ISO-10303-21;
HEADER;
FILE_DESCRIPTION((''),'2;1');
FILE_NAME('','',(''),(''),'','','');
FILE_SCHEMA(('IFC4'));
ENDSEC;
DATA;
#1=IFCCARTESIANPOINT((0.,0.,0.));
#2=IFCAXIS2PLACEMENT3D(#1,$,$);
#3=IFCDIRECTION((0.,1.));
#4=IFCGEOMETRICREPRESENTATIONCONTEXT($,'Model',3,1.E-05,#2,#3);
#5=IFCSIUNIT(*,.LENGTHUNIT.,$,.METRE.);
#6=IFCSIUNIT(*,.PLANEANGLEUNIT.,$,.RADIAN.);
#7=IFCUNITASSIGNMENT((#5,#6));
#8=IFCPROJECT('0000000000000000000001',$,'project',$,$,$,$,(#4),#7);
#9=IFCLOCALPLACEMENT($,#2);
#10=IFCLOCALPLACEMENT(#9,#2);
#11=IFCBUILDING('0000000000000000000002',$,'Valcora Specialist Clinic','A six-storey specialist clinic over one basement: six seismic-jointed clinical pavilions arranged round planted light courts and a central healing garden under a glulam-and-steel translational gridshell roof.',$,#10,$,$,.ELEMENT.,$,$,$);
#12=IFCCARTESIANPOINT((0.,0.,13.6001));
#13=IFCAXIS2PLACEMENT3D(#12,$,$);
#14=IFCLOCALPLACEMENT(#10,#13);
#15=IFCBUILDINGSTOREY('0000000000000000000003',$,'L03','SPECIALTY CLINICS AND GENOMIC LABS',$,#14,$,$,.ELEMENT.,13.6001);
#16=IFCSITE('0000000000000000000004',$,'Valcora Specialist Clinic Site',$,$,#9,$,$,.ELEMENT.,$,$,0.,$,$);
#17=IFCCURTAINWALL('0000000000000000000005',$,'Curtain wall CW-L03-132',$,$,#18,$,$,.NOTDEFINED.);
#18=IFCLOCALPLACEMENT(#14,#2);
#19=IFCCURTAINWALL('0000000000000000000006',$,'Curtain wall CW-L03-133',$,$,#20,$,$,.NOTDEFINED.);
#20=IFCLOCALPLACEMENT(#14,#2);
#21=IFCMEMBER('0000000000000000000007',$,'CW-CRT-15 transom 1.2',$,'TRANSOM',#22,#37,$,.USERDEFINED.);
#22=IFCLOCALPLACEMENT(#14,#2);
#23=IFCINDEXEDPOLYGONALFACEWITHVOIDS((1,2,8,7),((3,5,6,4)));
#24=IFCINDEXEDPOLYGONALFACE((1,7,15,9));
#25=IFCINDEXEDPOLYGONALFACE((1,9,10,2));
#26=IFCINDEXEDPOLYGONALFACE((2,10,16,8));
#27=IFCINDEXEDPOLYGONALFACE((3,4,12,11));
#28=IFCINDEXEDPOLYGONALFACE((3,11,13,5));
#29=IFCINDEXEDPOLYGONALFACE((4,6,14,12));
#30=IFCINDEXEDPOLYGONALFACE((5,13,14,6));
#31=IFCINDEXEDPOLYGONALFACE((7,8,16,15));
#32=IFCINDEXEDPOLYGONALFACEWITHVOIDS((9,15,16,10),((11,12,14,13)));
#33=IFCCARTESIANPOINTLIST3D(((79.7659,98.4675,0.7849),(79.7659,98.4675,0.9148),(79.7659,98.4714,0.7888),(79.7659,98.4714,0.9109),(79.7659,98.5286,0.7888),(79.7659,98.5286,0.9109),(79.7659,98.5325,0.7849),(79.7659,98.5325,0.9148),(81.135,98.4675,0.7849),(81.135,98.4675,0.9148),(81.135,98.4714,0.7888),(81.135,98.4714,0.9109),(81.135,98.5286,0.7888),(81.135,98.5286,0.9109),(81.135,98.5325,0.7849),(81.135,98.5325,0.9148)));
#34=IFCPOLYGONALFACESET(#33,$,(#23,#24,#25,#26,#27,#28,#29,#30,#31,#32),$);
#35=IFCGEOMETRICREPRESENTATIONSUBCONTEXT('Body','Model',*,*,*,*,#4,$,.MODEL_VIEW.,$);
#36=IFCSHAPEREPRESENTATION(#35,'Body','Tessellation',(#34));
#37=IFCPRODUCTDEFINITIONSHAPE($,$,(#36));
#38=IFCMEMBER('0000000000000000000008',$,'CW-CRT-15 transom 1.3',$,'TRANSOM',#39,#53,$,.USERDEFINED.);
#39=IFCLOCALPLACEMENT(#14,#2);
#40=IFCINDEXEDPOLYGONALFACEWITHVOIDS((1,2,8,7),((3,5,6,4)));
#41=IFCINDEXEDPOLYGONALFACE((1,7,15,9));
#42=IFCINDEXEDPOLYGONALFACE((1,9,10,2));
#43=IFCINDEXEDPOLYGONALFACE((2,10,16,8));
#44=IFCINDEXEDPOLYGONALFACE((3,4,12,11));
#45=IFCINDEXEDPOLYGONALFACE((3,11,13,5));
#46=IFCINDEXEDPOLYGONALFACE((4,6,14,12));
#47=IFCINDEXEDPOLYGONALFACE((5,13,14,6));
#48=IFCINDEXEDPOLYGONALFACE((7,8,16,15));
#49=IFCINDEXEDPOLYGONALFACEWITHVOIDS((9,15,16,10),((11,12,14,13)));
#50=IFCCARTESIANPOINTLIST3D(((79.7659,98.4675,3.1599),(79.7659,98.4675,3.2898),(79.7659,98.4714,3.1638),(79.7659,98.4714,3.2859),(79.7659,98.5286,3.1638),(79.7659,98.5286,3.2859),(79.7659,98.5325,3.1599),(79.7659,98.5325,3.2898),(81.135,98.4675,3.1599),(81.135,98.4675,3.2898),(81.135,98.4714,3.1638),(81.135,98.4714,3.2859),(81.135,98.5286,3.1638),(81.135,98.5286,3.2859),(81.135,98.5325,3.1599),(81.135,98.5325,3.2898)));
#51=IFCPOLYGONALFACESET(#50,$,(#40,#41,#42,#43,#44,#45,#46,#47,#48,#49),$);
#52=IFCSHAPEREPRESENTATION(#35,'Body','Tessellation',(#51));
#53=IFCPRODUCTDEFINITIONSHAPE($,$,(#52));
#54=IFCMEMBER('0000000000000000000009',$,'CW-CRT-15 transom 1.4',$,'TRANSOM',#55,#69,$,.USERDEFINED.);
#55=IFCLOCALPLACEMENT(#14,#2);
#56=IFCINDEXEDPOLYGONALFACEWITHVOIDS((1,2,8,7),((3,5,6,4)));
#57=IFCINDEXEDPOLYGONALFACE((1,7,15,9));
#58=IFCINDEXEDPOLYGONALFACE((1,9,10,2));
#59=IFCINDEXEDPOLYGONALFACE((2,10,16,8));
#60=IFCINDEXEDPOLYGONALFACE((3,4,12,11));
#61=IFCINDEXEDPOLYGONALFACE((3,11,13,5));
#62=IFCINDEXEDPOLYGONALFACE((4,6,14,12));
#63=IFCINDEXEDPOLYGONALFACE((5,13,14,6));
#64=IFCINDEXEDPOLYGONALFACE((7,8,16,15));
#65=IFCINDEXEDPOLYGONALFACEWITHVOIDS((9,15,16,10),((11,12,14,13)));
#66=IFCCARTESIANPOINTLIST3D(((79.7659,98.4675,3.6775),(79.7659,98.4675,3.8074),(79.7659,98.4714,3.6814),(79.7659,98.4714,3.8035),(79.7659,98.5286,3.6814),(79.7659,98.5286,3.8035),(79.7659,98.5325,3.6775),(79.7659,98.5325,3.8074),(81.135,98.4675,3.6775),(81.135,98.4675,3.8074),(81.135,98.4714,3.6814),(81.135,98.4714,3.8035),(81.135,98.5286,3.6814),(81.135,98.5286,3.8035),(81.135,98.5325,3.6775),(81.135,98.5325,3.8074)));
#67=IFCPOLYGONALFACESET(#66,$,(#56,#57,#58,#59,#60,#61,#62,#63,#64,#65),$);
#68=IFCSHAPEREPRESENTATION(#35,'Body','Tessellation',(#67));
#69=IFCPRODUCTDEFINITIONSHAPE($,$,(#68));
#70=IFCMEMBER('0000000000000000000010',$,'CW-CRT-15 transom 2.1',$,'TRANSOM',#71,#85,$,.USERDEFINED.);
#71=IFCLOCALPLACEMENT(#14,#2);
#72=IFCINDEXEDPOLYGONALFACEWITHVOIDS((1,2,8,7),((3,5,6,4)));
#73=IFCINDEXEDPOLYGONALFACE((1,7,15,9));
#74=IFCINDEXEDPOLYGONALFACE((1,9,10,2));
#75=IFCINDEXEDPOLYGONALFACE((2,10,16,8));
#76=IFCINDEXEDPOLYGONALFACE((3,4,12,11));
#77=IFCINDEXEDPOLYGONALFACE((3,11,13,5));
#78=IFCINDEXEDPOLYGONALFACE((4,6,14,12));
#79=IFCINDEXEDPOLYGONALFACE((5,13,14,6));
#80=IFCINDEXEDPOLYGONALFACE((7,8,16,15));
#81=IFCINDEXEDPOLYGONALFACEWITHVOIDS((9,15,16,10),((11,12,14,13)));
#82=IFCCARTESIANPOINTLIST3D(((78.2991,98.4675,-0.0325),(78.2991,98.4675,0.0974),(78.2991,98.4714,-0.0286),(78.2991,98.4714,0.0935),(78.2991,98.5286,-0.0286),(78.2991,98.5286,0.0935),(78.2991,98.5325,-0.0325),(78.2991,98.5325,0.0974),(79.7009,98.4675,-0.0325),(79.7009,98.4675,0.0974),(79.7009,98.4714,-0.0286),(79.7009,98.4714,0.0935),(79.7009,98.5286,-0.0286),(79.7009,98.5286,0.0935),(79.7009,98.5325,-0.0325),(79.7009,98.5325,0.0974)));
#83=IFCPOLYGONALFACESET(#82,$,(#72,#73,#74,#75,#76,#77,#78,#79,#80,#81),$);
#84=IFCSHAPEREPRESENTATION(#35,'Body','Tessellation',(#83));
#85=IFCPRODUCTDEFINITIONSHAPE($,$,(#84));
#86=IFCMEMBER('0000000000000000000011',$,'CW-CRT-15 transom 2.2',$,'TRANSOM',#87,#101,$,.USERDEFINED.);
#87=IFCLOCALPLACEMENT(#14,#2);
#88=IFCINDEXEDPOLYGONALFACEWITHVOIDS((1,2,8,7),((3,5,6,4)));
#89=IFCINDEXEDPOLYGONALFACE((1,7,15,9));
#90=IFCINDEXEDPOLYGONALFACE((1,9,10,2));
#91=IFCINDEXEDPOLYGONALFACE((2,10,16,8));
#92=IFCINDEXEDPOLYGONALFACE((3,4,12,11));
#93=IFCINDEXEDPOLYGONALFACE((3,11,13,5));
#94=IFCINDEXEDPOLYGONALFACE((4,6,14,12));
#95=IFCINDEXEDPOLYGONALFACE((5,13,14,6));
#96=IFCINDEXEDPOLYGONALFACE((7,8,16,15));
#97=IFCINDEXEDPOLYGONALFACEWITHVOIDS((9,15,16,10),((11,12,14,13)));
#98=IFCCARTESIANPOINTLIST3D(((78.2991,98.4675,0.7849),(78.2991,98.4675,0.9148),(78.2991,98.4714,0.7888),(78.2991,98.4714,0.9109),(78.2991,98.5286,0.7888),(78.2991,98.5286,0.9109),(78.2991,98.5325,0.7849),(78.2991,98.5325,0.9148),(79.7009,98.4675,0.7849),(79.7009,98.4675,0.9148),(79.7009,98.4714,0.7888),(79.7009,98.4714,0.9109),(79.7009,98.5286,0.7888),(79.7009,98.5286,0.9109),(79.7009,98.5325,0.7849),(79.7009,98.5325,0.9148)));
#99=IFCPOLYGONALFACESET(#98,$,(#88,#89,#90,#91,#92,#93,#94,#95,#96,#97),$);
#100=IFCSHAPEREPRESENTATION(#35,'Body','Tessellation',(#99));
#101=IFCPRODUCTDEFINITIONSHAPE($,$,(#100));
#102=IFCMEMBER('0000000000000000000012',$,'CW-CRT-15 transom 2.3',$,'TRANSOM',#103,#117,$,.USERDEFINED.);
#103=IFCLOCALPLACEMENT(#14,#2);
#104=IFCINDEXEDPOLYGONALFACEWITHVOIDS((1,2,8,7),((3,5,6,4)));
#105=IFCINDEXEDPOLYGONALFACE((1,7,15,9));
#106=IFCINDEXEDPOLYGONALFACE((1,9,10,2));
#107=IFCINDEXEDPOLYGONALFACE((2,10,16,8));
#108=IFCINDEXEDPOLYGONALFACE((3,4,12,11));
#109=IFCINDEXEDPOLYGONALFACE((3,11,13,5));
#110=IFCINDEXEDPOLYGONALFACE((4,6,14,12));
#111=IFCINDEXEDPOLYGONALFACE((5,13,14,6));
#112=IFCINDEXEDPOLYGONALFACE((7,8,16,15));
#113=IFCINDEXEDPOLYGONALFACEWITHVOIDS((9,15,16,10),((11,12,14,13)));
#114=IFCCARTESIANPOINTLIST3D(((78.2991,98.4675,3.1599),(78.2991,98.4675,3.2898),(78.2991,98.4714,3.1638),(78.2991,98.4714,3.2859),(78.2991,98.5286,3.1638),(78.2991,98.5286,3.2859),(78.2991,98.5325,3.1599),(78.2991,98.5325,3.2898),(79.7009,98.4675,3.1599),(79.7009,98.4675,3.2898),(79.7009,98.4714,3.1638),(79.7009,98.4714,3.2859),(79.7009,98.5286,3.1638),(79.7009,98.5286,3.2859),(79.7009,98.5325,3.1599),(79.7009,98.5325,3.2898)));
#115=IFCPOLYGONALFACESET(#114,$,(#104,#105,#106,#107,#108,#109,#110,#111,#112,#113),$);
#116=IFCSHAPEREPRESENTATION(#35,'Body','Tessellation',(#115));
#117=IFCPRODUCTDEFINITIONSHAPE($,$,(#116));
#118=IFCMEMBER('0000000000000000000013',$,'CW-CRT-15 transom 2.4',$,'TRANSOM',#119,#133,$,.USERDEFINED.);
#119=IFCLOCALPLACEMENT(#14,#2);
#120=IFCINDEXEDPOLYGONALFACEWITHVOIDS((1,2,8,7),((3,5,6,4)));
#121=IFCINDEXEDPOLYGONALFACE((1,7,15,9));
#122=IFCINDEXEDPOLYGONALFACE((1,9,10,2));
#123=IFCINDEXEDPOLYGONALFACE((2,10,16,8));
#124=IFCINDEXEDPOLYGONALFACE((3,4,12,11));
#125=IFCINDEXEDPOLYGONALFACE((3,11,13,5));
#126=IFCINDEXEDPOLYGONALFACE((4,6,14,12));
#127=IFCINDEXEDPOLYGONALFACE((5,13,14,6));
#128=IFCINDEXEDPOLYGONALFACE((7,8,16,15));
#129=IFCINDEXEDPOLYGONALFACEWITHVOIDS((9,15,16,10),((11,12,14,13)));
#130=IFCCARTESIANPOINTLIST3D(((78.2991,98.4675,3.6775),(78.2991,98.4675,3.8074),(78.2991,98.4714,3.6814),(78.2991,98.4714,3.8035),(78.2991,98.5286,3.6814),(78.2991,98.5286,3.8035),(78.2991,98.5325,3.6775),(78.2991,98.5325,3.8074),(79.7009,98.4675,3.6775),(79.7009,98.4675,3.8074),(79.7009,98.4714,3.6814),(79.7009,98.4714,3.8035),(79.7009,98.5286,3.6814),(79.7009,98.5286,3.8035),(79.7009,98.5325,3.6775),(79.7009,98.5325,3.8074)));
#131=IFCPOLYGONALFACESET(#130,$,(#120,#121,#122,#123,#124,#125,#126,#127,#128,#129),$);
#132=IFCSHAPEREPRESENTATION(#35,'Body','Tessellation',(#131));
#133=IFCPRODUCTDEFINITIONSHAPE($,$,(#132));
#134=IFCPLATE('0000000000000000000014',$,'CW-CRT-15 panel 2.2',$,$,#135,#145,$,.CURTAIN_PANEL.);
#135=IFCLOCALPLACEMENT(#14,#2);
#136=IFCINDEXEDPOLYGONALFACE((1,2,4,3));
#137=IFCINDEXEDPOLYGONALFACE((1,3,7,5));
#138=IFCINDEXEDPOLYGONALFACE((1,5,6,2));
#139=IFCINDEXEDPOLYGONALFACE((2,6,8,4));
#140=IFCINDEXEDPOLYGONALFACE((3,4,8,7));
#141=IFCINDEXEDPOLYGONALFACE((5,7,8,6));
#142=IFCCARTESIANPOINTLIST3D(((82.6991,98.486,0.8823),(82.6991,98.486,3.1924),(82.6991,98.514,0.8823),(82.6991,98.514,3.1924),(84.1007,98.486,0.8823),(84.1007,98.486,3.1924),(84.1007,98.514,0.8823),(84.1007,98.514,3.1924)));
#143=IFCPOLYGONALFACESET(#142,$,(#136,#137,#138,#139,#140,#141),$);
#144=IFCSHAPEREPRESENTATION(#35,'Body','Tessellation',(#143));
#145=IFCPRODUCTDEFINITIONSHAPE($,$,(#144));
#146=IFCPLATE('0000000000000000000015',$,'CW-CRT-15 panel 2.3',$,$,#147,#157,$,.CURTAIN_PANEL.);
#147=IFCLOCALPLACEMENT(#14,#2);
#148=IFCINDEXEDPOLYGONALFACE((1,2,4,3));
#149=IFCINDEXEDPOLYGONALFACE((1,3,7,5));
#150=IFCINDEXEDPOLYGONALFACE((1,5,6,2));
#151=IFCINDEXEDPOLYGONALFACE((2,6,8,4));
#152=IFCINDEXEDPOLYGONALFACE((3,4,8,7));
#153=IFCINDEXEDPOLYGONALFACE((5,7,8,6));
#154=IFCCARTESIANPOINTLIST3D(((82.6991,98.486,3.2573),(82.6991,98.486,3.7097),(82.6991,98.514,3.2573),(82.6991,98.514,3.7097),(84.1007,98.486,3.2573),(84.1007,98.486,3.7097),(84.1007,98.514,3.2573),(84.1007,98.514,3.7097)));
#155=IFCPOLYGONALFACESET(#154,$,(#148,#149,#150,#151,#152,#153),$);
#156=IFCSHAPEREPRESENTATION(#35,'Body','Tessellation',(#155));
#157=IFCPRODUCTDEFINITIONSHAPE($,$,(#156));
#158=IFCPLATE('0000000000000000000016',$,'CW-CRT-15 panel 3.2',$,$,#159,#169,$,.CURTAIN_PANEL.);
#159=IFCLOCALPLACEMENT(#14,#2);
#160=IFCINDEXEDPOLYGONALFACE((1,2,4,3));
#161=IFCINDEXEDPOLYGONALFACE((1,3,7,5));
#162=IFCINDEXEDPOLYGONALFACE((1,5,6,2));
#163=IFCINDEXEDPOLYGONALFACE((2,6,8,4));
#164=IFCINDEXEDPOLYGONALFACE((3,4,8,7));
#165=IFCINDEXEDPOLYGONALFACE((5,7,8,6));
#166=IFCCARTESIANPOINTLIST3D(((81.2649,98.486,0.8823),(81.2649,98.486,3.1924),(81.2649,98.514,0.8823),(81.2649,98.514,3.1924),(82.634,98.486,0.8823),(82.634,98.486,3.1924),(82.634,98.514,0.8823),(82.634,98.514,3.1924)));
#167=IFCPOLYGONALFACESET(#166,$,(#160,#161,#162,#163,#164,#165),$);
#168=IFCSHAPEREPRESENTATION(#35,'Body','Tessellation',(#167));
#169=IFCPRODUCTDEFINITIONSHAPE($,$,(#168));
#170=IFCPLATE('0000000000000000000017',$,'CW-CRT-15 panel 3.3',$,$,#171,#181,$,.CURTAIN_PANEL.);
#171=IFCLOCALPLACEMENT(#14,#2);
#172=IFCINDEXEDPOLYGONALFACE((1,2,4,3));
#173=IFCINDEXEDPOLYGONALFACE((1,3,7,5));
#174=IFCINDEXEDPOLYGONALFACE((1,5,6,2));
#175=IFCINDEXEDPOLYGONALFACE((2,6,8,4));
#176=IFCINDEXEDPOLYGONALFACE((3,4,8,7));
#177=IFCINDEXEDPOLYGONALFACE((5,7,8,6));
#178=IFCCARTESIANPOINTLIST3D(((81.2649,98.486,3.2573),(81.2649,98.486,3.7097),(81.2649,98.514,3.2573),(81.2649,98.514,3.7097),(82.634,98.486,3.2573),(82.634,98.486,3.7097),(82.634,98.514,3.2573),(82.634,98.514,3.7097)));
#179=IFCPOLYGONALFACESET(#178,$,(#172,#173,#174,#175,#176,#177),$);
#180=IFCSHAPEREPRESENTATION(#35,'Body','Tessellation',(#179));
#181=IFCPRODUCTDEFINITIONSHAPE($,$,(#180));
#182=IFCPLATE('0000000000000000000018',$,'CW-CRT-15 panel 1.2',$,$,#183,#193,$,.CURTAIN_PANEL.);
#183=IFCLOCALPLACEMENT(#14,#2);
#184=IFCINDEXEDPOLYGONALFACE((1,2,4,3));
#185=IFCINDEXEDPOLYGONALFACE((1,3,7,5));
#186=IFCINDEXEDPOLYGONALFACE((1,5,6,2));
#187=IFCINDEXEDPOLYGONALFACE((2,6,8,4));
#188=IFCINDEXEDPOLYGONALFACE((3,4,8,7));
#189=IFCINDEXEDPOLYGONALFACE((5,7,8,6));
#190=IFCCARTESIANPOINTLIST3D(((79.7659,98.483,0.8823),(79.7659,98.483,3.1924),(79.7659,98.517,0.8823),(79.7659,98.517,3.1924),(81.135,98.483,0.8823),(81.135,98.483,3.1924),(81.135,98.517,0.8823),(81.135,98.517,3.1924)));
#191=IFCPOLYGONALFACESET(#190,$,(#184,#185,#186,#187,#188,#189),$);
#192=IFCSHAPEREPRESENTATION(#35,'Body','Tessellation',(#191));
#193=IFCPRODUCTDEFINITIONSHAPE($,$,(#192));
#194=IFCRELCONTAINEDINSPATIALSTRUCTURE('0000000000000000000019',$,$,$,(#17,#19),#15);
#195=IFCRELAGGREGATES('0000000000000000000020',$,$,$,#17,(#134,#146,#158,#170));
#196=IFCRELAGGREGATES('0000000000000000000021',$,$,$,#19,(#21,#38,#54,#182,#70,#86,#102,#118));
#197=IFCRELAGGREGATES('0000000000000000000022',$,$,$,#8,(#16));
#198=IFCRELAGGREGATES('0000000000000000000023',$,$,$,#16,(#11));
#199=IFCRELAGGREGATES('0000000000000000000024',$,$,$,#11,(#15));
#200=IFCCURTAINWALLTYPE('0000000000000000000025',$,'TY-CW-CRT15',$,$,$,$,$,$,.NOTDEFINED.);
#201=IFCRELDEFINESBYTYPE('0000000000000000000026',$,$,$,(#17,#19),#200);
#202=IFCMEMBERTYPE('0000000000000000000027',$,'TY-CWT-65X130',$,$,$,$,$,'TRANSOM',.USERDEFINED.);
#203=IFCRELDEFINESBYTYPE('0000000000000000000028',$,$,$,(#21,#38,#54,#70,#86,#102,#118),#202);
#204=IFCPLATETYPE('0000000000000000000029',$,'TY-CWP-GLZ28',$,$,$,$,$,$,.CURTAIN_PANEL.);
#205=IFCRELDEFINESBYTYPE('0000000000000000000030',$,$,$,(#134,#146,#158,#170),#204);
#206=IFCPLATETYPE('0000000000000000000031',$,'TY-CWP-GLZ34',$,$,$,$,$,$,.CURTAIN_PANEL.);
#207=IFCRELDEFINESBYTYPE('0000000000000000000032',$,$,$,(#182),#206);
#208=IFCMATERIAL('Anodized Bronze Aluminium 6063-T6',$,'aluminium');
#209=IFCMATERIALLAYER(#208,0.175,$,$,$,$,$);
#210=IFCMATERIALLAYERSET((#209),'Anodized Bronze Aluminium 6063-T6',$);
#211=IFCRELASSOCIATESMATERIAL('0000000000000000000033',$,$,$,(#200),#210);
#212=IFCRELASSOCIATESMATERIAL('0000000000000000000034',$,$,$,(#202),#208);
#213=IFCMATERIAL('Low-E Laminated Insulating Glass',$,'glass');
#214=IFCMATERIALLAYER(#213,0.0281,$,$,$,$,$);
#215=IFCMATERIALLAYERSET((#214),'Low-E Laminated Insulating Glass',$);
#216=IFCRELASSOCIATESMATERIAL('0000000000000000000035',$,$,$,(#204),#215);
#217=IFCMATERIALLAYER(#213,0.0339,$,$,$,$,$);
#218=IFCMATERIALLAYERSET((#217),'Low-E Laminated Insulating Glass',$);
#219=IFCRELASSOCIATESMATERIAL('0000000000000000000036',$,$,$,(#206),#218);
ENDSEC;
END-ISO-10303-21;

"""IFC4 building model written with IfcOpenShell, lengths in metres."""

from ifc_helpers import new_model, si_unit, direction, frame, origin, origin_2d, place, context, subcontext, project, spatial, rectangle, hollow_rectangle, extrude, material, layer, layer_set, material_profile, profile_set, type_object, element, aggregate, save


model = new_model("IFC4")

# Units and contexts
model_context = context("Model", 3, precision=1e-05, world=origin(), true_north=direction((0.0, 1.0)))
body_context = subcontext(model_context, "Body", "Model", "MODEL_VIEW")
ifc_project = project(units=[si_unit("LENGTHUNIT", "METRE"), si_unit("PLANEANGLEUNIT", "RADIAN")], contexts=[model_context])

# Site, building, storey
site_placement = place(None, origin())
site = spatial("IfcSite", under=ifc_project, at=site_placement, Name="Valcora Specialist Clinic Site", CompositionType="ELEMENT", RefElevation=0.0)
building_placement = place(site_placement, origin())
building = spatial("IfcBuilding", under=site, at=building_placement, Name="Valcora Specialist Clinic", Description="A six-storey specialist clinic over one basement: six seismic-jointed clinical pavilions arranged round planted light courts and a central healing garden under a glulam-and-steel translational gridshell roof.", CompositionType="ELEMENT")
storey_placement = place(building_placement, frame((0.0, 0.0, 13.6001)))
storey = spatial("IfcBuildingStorey", under=building, at=storey_placement, Name="L03", Description="SPECIALTY CLINICS AND GENOMIC LABS", CompositionType="ELEMENT", Elevation=13.6001)

# Curtain walls
ifc_material_1 = material(Name="Anodized Bronze Aluminium 6063-T6", Category="aluminium")
ifc_layer_1 = layer(ifc_material_1, 0.175)
ifc_layer_set_1 = layer_set([ifc_layer_1], Name="Anodized Bronze Aluminium 6063-T6")
curtain_wall_type = type_object("IfcCurtainWallType", Name="TY-CW-CRT15", PredefinedType="NOTDEFINED", material=ifc_layer_set_1)
curtain_wall_1_placement = place(storey_placement, origin())
curtain_wall_1 = element("IfcCurtainWall", 1, at=curtain_wall_1_placement, inside=storey, type_object=curtain_wall_type, Name="Curtain wall CW-L03-132", PredefinedType="NOTDEFINED")
curtain_wall_2_placement = place(storey_placement, origin())
curtain_wall_2 = element("IfcCurtainWall", 2, at=curtain_wall_2_placement, inside=storey, type_object=curtain_wall_type, Name="Curtain wall CW-L03-133", PredefinedType="NOTDEFINED")

# Members
ifc_material_profile_1 = material_profile(ifc_material_1, hollow_rectangle(XDim=0.0649, YDim=0.1299, WallThickness=0.0039, at=origin_2d()), Name="AL-TRN-65X130")
ifc_profile_set_1 = profile_set([ifc_material_profile_1], Name="Anodized Bronze Aluminium 6063-T6")
member_type_1 = type_object("IfcMemberType", Name="TY-CWT-65X130", ElementType="TRANSOM", PredefinedType="USERDEFINED", material=ifc_profile_set_1)
member_1_placement = place(storey_placement, frame((81.135, 98.5, 0.8499), z_axis=(-1.0, 0.0, 0.0), x_axis=(0.0, -1.0, 0.0)))
member_1 = element("IfcMember", 3, at=member_1_placement, type_object=member_type_1, Name="CW-CRT-15 transom 1.2", ObjectType="TRANSOM", PredefinedType="USERDEFINED", context=body_context, shape_type="SweptSolid", body=[
    extrude(hollow_rectangle(XDim=0.0649, YDim=0.1299, WallThickness=0.0039, at=origin_2d()), origin(), (0.0, 0.0, 1.0), 1.3691),
])
member_2_placement = place(storey_placement, frame((81.135, 98.5, 3.2249), z_axis=(-1.0, 0.0, 0.0), x_axis=(0.0, -1.0, 0.0)))
member_2 = element("IfcMember", 4, at=member_2_placement, type_object=member_type_1, Name="CW-CRT-15 transom 1.3", ObjectType="TRANSOM", PredefinedType="USERDEFINED", context=body_context, shape_type="SweptSolid", body=[
    extrude(hollow_rectangle(XDim=0.0649, YDim=0.1299, WallThickness=0.0039, at=origin_2d()), origin(), (0.0, 0.0, 1.0), 1.3691),
])
member_3_placement = place(storey_placement, frame((81.135, 98.5, 3.7424), z_axis=(-1.0, 0.0, 0.0), x_axis=(0.0, -1.0, 0.0)))
member_3 = element("IfcMember", 5, at=member_3_placement, type_object=member_type_1, Name="CW-CRT-15 transom 1.4", ObjectType="TRANSOM", PredefinedType="USERDEFINED", context=body_context, shape_type="SweptSolid", body=[
    extrude(hollow_rectangle(XDim=0.0649, YDim=0.1299, WallThickness=0.0039, at=origin_2d()), origin(), (0.0, 0.0, 1.0), 1.3691),
])
member_4_placement = place(storey_placement, frame((79.7009, 98.5, 0.0325), z_axis=(-1.0, 0.0, 0.0), x_axis=(0.0, -1.0, 0.0)))
member_4 = element("IfcMember", 6, at=member_4_placement, type_object=member_type_1, Name="CW-CRT-15 transom 2.1", ObjectType="TRANSOM", PredefinedType="USERDEFINED", context=body_context, shape_type="SweptSolid", body=[
    extrude(hollow_rectangle(XDim=0.0649, YDim=0.1299, WallThickness=0.0039, at=origin_2d()), origin(), (0.0, 0.0, 1.0), 1.4019),
])
member_5_placement = place(storey_placement, frame((79.7009, 98.5, 0.8499), z_axis=(-1.0, 0.0, 0.0), x_axis=(0.0, -1.0, 0.0)))
member_5 = element("IfcMember", 7, at=member_5_placement, type_object=member_type_1, Name="CW-CRT-15 transom 2.2", ObjectType="TRANSOM", PredefinedType="USERDEFINED", context=body_context, shape_type="SweptSolid", body=[
    extrude(hollow_rectangle(XDim=0.0649, YDim=0.1299, WallThickness=0.0039, at=origin_2d()), origin(), (0.0, 0.0, 1.0), 1.4019),
])
member_6_placement = place(storey_placement, frame((79.7009, 98.5, 3.2249), z_axis=(-1.0, 0.0, 0.0), x_axis=(0.0, -1.0, 0.0)))
member_6 = element("IfcMember", 8, at=member_6_placement, type_object=member_type_1, Name="CW-CRT-15 transom 2.3", ObjectType="TRANSOM", PredefinedType="USERDEFINED", context=body_context, shape_type="SweptSolid", body=[
    extrude(hollow_rectangle(XDim=0.0649, YDim=0.1299, WallThickness=0.0039, at=origin_2d()), origin(), (0.0, 0.0, 1.0), 1.4019),
])
member_7_placement = place(storey_placement, frame((79.7009, 98.5, 3.7424), z_axis=(-1.0, 0.0, 0.0), x_axis=(0.0, -1.0, 0.0)))
member_7 = element("IfcMember", 9, at=member_7_placement, type_object=member_type_1, Name="CW-CRT-15 transom 2.4", ObjectType="TRANSOM", PredefinedType="USERDEFINED", context=body_context, shape_type="SweptSolid", body=[
    extrude(hollow_rectangle(XDim=0.0649, YDim=0.1299, WallThickness=0.0039, at=origin_2d()), origin(), (0.0, 0.0, 1.0), 1.4019),
])

# Plates
ifc_material_2 = material(Name="Low-E Laminated Insulating Glass", Category="glass")
ifc_layer_2 = layer(ifc_material_2, 0.0281)
ifc_layer_set_2 = layer_set([ifc_layer_2], Name="Low-E Laminated Insulating Glass")
plate_type_1 = type_object("IfcPlateType", Name="TY-CWP-GLZ28", PredefinedType="CURTAIN_PANEL", material=ifc_layer_set_2)
plate_1_placement = place(storey_placement, frame((83.3999, 98.5, 0.8823), z_axis=(0.0, 0.0, 1.0), x_axis=(-1.0, 0.0, 0.0)))
plate_1 = element("IfcPlate", 10, at=plate_1_placement, type_object=plate_type_1, Name="CW-CRT-15 panel 2.2", PredefinedType="CURTAIN_PANEL", context=body_context, shape_type="SweptSolid", body=[
    extrude(rectangle(XDim=1.4016, YDim=0.0281, at=origin_2d()), origin(), (0.0, 0.0, 1.0), 2.3101),
])
plate_2_placement = place(storey_placement, frame((83.3999, 98.5, 3.2573), z_axis=(0.0, 0.0, 1.0), x_axis=(-1.0, 0.0, 0.0)))
plate_2 = element("IfcPlate", 11, at=plate_2_placement, type_object=plate_type_1, Name="CW-CRT-15 panel 2.3", PredefinedType="CURTAIN_PANEL", context=body_context, shape_type="SweptSolid", body=[
    extrude(rectangle(XDim=1.4016, YDim=0.0281, at=origin_2d()), origin(), (0.0, 0.0, 1.0), 0.4524),
])
plate_3_placement = place(storey_placement, frame((81.9495, 98.5, 0.8823), z_axis=(0.0, 0.0, 1.0), x_axis=(-1.0, 0.0, 0.0)))
plate_3 = element("IfcPlate", 12, at=plate_3_placement, type_object=plate_type_1, Name="CW-CRT-15 panel 3.2", PredefinedType="CURTAIN_PANEL", context=body_context, shape_type="SweptSolid", body=[
    extrude(rectangle(XDim=1.3691, YDim=0.0281, at=origin_2d()), origin(), (0.0, 0.0, 1.0), 2.3101),
])
plate_4_placement = place(storey_placement, frame((81.9495, 98.5, 3.2573), z_axis=(0.0, 0.0, 1.0), x_axis=(-1.0, 0.0, 0.0)))
plate_4 = element("IfcPlate", 13, at=plate_4_placement, type_object=plate_type_1, Name="CW-CRT-15 panel 3.3", PredefinedType="CURTAIN_PANEL", context=body_context, shape_type="SweptSolid", body=[
    extrude(rectangle(XDim=1.3691, YDim=0.0281, at=origin_2d()), origin(), (0.0, 0.0, 1.0), 0.4524),
])
ifc_layer_3 = layer(ifc_material_2, 0.0339)
ifc_layer_set_3 = layer_set([ifc_layer_3], Name="Low-E Laminated Insulating Glass")
plate_type_2 = type_object("IfcPlateType", Name="TY-CWP-GLZ34", PredefinedType="CURTAIN_PANEL", material=ifc_layer_set_3)
plate_5_placement = place(storey_placement, frame((80.4504, 98.5, 0.8823), z_axis=(0.0, 0.0, 1.0), x_axis=(-1.0, 0.0, 0.0)))
plate_5 = element("IfcPlate", 14, at=plate_5_placement, type_object=plate_type_2, Name="CW-CRT-15 panel 1.2", PredefinedType="CURTAIN_PANEL", context=body_context, shape_type="SweptSolid", body=[
    extrude(rectangle(XDim=1.3691, YDim=0.0339, at=origin_2d()), origin(), (0.0, 0.0, 1.0), 2.3101),
])
aggregate(curtain_wall_1, [plate_1, plate_2, plate_3, plate_4])
aggregate(curtain_wall_2, [member_1, member_2, member_3, plate_5, member_4, member_5, member_6, member_7])

save(model, "model.ifc")
